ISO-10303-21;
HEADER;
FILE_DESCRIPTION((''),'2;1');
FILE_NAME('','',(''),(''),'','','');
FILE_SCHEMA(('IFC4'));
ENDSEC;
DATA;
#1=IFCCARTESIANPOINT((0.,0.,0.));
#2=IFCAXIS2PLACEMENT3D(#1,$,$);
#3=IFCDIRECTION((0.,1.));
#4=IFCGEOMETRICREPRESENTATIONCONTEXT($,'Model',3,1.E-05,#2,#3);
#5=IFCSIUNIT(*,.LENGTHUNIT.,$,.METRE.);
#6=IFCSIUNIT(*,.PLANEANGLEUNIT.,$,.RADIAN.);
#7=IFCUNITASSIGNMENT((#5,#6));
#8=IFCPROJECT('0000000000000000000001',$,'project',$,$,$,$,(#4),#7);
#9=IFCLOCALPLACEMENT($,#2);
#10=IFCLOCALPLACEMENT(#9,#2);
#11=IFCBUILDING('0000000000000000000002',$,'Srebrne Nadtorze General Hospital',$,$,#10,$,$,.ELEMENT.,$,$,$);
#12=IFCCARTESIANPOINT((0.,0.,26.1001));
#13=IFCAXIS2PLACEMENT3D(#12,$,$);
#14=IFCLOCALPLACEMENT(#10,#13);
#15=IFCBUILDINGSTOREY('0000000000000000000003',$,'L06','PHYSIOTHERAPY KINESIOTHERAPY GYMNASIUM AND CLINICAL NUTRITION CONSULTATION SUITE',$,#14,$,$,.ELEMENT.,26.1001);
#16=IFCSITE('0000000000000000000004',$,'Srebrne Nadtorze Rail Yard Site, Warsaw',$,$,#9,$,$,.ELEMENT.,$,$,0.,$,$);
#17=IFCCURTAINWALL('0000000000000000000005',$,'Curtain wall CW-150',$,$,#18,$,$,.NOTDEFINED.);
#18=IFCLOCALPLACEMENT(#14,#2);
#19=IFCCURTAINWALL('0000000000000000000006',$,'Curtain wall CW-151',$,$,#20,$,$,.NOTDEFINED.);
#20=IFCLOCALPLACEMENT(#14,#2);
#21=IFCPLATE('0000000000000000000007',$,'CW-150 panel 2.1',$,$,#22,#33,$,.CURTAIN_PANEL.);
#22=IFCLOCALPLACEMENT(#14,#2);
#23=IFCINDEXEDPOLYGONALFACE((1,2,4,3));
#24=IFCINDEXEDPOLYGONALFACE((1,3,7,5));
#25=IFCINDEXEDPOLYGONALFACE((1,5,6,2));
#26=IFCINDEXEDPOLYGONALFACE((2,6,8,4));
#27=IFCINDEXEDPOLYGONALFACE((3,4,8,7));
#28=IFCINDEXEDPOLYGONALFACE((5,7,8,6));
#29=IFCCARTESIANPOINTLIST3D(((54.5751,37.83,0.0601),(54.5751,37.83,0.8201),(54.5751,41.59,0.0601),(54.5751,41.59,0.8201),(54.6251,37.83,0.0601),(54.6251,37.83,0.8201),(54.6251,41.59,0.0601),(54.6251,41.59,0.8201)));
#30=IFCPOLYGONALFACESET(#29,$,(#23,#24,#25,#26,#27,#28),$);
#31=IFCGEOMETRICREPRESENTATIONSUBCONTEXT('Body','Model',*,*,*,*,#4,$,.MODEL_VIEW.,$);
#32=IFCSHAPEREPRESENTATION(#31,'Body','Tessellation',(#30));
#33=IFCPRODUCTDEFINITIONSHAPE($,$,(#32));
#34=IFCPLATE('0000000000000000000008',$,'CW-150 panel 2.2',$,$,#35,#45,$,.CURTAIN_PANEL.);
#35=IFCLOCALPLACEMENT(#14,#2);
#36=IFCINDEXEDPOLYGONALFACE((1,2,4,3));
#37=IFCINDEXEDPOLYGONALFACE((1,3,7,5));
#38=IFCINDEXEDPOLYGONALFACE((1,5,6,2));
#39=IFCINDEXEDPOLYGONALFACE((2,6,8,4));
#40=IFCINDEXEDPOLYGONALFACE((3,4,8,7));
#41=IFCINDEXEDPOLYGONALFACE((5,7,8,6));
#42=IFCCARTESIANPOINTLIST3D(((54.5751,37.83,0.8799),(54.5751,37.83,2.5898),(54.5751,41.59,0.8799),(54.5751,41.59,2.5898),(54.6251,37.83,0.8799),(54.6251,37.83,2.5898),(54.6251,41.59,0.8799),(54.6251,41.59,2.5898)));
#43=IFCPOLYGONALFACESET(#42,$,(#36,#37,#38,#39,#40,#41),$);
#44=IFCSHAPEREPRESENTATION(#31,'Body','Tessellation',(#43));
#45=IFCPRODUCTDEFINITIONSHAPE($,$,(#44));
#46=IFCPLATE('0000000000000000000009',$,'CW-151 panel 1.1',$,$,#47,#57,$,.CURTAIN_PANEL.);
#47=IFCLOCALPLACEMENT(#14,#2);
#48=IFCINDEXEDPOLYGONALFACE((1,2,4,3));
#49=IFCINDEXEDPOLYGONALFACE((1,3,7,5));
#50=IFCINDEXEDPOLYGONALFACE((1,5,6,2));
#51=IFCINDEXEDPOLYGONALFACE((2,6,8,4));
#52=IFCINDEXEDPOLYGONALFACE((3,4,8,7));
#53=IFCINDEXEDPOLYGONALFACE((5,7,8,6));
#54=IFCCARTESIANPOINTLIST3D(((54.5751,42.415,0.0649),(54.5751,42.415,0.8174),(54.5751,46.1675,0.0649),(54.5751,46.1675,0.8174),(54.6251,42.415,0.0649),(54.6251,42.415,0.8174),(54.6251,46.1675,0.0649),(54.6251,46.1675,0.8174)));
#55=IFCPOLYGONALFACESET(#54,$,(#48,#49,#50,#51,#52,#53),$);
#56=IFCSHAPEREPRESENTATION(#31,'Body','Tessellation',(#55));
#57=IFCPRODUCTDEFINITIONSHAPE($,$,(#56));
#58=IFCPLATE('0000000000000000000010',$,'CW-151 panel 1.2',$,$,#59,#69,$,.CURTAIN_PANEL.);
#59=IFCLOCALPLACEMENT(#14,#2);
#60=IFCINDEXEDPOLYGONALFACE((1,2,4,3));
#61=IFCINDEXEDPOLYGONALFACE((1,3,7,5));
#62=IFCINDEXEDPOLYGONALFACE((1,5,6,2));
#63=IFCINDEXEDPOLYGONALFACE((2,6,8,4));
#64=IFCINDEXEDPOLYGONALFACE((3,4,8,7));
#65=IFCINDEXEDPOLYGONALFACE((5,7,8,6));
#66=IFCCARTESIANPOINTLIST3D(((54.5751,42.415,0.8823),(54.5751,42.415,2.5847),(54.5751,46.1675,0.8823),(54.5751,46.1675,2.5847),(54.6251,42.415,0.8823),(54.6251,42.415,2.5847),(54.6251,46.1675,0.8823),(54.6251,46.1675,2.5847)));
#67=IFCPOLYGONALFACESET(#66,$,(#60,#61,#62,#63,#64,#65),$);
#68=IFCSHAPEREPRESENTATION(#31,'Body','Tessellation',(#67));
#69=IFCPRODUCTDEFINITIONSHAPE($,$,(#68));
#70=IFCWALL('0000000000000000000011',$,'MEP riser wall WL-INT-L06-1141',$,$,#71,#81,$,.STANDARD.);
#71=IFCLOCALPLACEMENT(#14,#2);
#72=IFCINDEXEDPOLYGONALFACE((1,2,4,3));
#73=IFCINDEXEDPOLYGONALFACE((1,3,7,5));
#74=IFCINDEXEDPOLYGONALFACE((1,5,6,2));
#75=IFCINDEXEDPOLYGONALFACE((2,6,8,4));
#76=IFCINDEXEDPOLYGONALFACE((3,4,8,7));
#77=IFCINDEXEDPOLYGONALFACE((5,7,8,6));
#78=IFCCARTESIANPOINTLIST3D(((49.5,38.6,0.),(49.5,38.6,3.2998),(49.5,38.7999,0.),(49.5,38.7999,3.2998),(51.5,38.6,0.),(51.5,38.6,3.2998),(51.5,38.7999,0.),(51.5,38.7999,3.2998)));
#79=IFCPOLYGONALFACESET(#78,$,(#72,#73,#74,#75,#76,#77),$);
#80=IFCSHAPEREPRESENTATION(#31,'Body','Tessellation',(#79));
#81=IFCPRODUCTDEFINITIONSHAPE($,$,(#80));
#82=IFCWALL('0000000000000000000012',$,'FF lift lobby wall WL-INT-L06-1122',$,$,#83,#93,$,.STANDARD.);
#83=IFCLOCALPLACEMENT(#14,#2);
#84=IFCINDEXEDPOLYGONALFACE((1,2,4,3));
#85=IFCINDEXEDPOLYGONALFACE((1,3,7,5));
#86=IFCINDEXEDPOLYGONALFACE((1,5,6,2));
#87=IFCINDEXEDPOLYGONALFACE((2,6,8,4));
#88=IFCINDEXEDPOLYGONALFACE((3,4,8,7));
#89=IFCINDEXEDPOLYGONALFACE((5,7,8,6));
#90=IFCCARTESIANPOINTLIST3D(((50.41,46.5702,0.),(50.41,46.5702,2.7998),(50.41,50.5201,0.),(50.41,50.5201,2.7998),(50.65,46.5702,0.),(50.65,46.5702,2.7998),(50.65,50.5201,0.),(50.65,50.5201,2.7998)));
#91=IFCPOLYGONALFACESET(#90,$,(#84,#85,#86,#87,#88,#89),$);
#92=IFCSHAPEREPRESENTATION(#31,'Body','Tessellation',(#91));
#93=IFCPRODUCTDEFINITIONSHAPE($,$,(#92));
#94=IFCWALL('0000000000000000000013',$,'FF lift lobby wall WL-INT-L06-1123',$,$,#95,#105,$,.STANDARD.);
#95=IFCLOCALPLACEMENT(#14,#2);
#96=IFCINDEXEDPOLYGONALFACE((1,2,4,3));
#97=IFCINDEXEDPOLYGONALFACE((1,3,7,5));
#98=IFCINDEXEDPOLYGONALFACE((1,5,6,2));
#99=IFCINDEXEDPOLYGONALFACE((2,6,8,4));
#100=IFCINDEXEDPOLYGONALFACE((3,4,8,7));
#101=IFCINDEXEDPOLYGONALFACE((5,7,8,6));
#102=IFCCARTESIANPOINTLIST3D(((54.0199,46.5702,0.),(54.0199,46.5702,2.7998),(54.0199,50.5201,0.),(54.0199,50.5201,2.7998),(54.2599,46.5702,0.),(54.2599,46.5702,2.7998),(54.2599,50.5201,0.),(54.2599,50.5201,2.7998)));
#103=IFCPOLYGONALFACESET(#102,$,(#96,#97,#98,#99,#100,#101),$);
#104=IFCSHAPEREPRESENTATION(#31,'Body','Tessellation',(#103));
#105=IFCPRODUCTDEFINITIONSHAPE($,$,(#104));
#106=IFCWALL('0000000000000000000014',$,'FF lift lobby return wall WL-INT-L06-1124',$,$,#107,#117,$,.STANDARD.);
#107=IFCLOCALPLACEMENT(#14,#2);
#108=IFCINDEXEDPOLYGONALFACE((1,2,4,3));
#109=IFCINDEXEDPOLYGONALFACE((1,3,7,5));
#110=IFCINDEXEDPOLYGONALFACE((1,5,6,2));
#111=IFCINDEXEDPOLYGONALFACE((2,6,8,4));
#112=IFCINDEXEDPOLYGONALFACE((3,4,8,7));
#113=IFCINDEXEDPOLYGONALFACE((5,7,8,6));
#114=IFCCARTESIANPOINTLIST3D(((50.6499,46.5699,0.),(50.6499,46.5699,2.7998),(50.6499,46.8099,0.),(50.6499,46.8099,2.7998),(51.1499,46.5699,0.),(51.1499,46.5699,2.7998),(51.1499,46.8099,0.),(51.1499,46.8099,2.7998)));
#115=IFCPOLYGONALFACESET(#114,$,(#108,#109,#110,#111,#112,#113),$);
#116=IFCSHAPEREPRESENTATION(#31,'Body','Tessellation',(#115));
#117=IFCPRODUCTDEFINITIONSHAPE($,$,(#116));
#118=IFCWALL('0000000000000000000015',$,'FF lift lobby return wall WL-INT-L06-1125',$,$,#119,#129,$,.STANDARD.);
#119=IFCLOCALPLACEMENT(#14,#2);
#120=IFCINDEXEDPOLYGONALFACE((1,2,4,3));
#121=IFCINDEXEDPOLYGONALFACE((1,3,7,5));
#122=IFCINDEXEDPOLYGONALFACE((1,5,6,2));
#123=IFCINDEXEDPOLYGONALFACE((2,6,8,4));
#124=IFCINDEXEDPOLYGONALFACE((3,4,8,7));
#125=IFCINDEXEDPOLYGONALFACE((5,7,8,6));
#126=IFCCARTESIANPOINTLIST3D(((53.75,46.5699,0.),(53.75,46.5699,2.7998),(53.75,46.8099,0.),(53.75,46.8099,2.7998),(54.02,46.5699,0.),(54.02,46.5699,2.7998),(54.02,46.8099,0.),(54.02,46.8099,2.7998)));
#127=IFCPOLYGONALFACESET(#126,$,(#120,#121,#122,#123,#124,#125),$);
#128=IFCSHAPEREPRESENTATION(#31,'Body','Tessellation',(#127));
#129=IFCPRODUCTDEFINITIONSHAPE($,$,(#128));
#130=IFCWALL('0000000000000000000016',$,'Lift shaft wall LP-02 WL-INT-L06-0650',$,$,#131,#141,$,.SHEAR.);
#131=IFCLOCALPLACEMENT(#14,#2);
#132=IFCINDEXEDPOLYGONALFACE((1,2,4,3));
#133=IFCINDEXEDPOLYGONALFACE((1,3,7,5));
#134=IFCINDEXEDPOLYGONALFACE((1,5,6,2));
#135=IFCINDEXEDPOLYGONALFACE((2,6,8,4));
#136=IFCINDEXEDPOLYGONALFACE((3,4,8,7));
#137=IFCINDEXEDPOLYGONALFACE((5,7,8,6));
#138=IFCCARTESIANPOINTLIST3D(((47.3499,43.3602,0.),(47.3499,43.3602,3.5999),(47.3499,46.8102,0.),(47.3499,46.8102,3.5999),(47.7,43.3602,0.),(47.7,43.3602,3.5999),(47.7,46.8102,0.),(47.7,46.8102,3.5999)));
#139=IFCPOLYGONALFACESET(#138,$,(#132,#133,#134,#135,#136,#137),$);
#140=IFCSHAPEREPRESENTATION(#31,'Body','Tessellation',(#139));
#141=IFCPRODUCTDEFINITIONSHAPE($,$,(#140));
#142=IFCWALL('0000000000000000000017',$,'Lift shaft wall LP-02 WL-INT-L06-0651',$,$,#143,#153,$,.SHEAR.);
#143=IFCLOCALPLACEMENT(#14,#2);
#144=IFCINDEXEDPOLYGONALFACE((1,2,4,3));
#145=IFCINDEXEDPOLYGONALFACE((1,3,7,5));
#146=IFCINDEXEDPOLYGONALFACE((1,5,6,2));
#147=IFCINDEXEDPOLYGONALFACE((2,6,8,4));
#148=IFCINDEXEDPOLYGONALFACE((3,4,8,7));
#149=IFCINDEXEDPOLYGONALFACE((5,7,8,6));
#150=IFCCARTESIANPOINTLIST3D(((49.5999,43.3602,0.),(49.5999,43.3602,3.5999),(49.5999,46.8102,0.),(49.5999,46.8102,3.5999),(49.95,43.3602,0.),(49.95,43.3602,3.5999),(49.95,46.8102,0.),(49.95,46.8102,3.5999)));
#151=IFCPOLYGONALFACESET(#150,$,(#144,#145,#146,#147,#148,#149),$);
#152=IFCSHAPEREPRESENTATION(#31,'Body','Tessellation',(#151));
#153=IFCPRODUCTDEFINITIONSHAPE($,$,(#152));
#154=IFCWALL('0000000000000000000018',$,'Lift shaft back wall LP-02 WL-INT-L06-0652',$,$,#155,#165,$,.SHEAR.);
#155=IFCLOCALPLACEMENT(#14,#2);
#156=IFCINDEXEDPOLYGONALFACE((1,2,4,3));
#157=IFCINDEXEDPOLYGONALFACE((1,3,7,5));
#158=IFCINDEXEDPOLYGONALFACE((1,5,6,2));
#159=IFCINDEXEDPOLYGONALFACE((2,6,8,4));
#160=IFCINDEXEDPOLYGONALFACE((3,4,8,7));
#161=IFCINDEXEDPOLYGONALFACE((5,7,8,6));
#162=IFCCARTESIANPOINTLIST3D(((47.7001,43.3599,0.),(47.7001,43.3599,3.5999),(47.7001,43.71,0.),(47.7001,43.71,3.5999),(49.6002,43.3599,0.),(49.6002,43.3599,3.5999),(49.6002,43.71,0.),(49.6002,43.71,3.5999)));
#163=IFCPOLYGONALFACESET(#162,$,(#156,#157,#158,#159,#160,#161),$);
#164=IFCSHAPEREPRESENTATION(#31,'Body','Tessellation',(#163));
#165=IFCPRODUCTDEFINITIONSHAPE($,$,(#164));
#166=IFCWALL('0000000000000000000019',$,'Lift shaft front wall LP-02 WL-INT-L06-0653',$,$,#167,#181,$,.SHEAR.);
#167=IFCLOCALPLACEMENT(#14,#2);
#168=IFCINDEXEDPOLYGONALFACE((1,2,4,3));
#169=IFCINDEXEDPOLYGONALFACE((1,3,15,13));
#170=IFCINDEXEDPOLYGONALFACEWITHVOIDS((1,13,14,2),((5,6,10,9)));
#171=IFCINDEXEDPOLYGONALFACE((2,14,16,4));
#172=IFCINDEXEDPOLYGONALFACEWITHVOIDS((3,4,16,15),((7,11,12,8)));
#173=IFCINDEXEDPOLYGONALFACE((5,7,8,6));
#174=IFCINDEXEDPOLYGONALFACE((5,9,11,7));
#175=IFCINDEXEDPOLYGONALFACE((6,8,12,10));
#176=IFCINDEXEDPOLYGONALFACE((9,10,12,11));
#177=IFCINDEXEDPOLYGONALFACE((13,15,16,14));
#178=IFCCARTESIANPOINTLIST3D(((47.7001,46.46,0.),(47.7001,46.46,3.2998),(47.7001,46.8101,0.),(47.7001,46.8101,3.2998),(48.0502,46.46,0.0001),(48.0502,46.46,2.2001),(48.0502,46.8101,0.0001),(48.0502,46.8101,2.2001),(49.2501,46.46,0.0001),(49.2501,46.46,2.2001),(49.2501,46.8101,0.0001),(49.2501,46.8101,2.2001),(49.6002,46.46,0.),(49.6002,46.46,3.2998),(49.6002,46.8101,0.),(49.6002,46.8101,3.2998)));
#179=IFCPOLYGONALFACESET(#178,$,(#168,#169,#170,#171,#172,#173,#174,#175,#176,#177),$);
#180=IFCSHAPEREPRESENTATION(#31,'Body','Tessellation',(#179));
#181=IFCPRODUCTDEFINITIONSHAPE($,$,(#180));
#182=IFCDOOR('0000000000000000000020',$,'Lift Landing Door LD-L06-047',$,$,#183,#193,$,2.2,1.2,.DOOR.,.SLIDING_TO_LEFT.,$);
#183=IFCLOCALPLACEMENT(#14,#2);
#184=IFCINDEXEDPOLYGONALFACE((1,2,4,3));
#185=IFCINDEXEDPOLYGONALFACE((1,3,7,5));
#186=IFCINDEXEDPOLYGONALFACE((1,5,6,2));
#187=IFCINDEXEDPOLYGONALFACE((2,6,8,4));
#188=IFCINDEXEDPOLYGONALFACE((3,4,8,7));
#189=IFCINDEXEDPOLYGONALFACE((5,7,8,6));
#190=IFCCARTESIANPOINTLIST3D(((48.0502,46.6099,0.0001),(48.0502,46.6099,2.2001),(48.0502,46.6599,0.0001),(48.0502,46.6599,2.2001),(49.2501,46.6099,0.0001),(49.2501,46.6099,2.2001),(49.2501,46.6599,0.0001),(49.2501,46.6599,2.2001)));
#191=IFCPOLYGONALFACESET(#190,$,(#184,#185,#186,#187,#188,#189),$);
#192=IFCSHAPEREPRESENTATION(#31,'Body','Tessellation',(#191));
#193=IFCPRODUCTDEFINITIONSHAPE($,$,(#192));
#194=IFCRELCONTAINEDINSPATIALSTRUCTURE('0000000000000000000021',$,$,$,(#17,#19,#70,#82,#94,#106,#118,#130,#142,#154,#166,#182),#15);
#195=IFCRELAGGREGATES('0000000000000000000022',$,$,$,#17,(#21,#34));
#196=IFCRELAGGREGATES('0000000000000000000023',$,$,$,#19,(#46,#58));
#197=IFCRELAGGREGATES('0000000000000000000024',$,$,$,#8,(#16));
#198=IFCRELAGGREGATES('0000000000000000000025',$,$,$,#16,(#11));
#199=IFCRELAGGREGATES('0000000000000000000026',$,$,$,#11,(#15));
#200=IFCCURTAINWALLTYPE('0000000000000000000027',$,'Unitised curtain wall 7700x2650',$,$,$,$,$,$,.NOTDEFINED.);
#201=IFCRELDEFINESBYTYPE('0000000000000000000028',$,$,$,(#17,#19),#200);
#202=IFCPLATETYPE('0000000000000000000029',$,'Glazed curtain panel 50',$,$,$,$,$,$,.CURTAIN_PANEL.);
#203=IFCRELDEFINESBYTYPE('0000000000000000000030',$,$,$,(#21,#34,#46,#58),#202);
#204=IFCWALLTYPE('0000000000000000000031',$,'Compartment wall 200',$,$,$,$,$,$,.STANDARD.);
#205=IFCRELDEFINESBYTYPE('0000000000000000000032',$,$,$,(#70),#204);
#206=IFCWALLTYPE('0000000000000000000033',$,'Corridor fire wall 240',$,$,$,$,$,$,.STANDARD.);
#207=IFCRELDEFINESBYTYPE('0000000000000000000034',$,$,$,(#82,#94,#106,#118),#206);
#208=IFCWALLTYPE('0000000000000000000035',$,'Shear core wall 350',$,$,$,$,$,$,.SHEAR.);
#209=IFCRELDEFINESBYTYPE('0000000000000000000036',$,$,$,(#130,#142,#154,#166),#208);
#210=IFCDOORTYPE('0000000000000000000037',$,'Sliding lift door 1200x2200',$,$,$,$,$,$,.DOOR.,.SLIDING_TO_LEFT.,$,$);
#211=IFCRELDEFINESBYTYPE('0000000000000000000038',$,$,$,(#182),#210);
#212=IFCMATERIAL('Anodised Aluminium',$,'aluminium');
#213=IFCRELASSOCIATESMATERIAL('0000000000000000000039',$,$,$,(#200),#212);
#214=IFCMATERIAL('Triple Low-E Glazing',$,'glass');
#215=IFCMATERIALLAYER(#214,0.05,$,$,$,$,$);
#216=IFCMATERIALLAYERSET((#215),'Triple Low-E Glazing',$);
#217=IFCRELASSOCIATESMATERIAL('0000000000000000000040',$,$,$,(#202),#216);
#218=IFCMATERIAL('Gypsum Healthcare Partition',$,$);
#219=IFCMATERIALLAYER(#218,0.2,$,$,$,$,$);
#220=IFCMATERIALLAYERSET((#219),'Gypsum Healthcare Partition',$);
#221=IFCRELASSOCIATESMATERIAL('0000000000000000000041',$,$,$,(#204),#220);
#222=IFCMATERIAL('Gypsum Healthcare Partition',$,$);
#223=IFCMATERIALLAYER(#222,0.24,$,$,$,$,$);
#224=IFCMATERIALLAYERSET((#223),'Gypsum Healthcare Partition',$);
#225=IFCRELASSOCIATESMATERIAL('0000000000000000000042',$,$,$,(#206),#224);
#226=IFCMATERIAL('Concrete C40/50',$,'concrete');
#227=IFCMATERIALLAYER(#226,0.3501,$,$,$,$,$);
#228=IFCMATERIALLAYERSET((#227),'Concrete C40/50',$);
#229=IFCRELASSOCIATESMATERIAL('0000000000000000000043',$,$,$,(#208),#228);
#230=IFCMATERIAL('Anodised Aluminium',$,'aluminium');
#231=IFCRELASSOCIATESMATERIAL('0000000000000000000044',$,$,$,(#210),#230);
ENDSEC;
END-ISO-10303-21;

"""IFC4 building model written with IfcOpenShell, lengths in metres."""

from ifc_helpers import new_model, si_unit, direction, frame, frame_2d, origin, origin_2d, place, context, subcontext, project, spatial, rectangle, extrude, material, layer, layer_set, type_object, element, fill, aggregate, save


model = new_model("IFC4")

# Units and contexts
model_context = context("Model", 3, precision=1e-05, world=origin(), true_north=direction((0.0, 1.0)))
body_context = subcontext(model_context, "Body", "Model", "MODEL_VIEW")
ifc_project = project(units=[si_unit("LENGTHUNIT", "METRE"), si_unit("PLANEANGLEUNIT", "RADIAN")], contexts=[model_context])

# Site, building, storey
site_placement = place(None, origin())
site = spatial("IfcSite", under=ifc_project, at=site_placement, Name="Srebrne Nadtorze Rail Yard Site, Warsaw", CompositionType="ELEMENT", RefElevation=0.0)
building_placement = place(site_placement, origin())
building = spatial("IfcBuilding", under=site, at=building_placement, Name="Srebrne Nadtorze General Hospital", CompositionType="ELEMENT")
storey_placement = place(building_placement, frame((0.0, 0.0, 26.1001)))
storey = spatial("IfcBuildingStorey", under=building, at=storey_placement, Name="L06", Description="PHYSIOTHERAPY KINESIOTHERAPY GYMNASIUM AND CLINICAL NUTRITION CONSULTATION SUITE", CompositionType="ELEMENT", Elevation=26.1001)

# Curtain wall
ifc_material_1 = material(Name="Anodised Aluminium", Category="aluminium")
curtain_wall_type = type_object("IfcCurtainWallType", Name="Unitised curtain wall 7700x2650", PredefinedType="NOTDEFINED", material=ifc_material_1)
curtain_wall_1_placement = place(storey_placement, origin())
curtain_wall_1 = element("IfcCurtainWall", 1, at=curtain_wall_1_placement, inside=storey, type_object=curtain_wall_type, Name="Curtain wall CW-150", PredefinedType="NOTDEFINED")

# Curtain wall
curtain_wall_2_placement = place(storey_placement, origin())
curtain_wall_2 = element("IfcCurtainWall", 2, at=curtain_wall_2_placement, inside=storey, type_object=curtain_wall_type, Name="Curtain wall CW-151", PredefinedType="NOTDEFINED")

# Plates
ifc_material_2 = material(Name="Triple Low-E Glazing", Category="glass")
ifc_layer_1 = layer(ifc_material_2, 0.05)
ifc_layer_set_1 = layer_set([ifc_layer_1], Name="Triple Low-E Glazing")
plate_type = type_object("IfcPlateType", Name="Glazed curtain panel 50", PredefinedType="CURTAIN_PANEL", material=ifc_layer_set_1)
plate_1_placement = place(storey_placement, frame((54.6001, 39.71, 0.0601), z_axis=(0.0, 0.0, 1.0), x_axis=(0.0, 1.0, 0.0)))
plate_1 = element("IfcPlate", 3, at=plate_1_placement, type_object=plate_type, Name="CW-150 panel 2.1", PredefinedType="CURTAIN_PANEL", context=body_context, shape_type="SweptSolid", body=[
    extrude(rectangle(XDim=3.76, YDim=0.05, at=origin_2d()), origin(), (0.0, 0.0, 1.0), 0.76),
])
plate_2_placement = place(storey_placement, frame((54.6001, 39.71, 0.8799), z_axis=(0.0, 0.0, 1.0), x_axis=(0.0, 1.0, 0.0)))
plate_2 = element("IfcPlate", 4, at=plate_2_placement, type_object=plate_type, Name="CW-150 panel 2.2", PredefinedType="CURTAIN_PANEL", context=body_context, shape_type="SweptSolid", body=[
    extrude(rectangle(XDim=3.76, YDim=0.05, at=origin_2d()), origin(), (0.0, 0.0, 1.0), 1.71),
])
aggregate(curtain_wall_1, [plate_1, plate_2])
plate_3_placement = place(storey_placement, frame((54.6001, 44.2913, 0.0649), z_axis=(0.0, 0.0, 1.0), x_axis=(0.0, 1.0, 0.0)))
plate_3 = element("IfcPlate", 5, at=plate_3_placement, type_object=plate_type, Name="CW-151 panel 1.1", PredefinedType="CURTAIN_PANEL", context=body_context, shape_type="SweptSolid", body=[
    extrude(rectangle(XDim=3.7524, YDim=0.05, at=origin_2d()), origin(), (0.0, 0.0, 1.0), 0.7524),
])
plate_4_placement = place(storey_placement, frame((54.6001, 44.2913, 0.8823), z_axis=(0.0, 0.0, 1.0), x_axis=(0.0, 1.0, 0.0)))
plate_4 = element("IfcPlate", 6, at=plate_4_placement, type_object=plate_type, Name="CW-151 panel 1.2", PredefinedType="CURTAIN_PANEL", context=body_context, shape_type="SweptSolid", body=[
    extrude(rectangle(XDim=3.7524, YDim=0.05, at=origin_2d()), origin(), (0.0, 0.0, 1.0), 1.7024),
])
aggregate(curtain_wall_2, [plate_3, plate_4])

# Walls
ifc_material_3 = material(Name="Gypsum Healthcare Partition")
ifc_layer_2 = layer(ifc_material_3, 0.2)
ifc_layer_set_2 = layer_set([ifc_layer_2], Name="Gypsum Healthcare Partition")
wall_type_1 = type_object("IfcWallType", Name="Compartment wall 200", PredefinedType="STANDARD", material=ifc_layer_set_2)
wall_1_placement = place(storey_placement, frame((49.5, 38.7, 0.0), z_axis=(0.0, 0.0, 1.0), x_axis=(1.0, 0.0, 0.0)))
element("IfcWall", 7, at=wall_1_placement, inside=storey, type_object=wall_type_1, Name="MEP riser wall WL-INT-L06-1141", PredefinedType="STANDARD", context=body_context, shape_type="SweptSolid", body=[
    extrude(rectangle(XDim=2.0, YDim=0.2, at=frame_2d((1.0, 0.0))), origin(), (0.0, 0.0, 1.0), 3.2998),
])
ifc_material_4 = material(Name="Gypsum Healthcare Partition")
ifc_layer_3 = layer(ifc_material_4, 0.24)
ifc_layer_set_3 = layer_set([ifc_layer_3], Name="Gypsum Healthcare Partition")
wall_type_2 = type_object("IfcWallType", Name="Corridor fire wall 240", PredefinedType="STANDARD", material=ifc_layer_set_3)
for number, where, z_axis, x_axis, name in (
    (8, (50.53, 46.5701, 0.0), (0.0, 0.0, 1.0), (0.0, 1.0, 0.0), "FF lift lobby wall WL-INT-L06-1122"),
    (9, (54.1399, 46.5701, 0.0), (0.0, 0.0, 1.0), (0.0, 1.0, 0.0), "FF lift lobby wall WL-INT-L06-1123"),
):
    element("IfcWall", number, at=place(storey_placement, frame(where, z_axis=z_axis, x_axis=x_axis)), inside=storey, type_object=wall_type_2, Name=name, PredefinedType="STANDARD", context=body_context, shape_type="SweptSolid", body=[
        extrude(rectangle(XDim=3.95, YDim=0.24, at=frame_2d((1.9751, 0.0))), origin(), (0.0, 0.0, 1.0), 2.7998),
    ])
wall_2_placement = place(storey_placement, frame((50.6499, 46.6899, 0.0), z_axis=(0.0, 0.0, 1.0), x_axis=(1.0, 0.0, 0.0)))
element("IfcWall", 10, at=wall_2_placement, inside=storey, type_object=wall_type_2, Name="FF lift lobby return wall WL-INT-L06-1124", PredefinedType="STANDARD", context=body_context, shape_type="SweptSolid", body=[
    extrude(rectangle(XDim=0.5, YDim=0.24, at=frame_2d((0.25, 0.0))), origin(), (0.0, 0.0, 1.0), 2.7998),
])
wall_3_placement = place(storey_placement, frame((53.75, 46.6899, 0.0), z_axis=(0.0, 0.0, 1.0), x_axis=(1.0, 0.0, 0.0)))
element("IfcWall", 11, at=wall_3_placement, inside=storey, type_object=wall_type_2, Name="FF lift lobby return wall WL-INT-L06-1125", PredefinedType="STANDARD", context=body_context, shape_type="SweptSolid", body=[
    extrude(rectangle(XDim=0.27, YDim=0.24, at=frame_2d((0.135, 0.0))), origin(), (0.0, 0.0, 1.0), 2.7998),
])
ifc_material_5 = material(Name="Concrete C40/50", Category="concrete")
ifc_layer_4 = layer(ifc_material_5, 0.3501)
ifc_layer_set_4 = layer_set([ifc_layer_4], Name="Concrete C40/50")
wall_type_3 = type_object("IfcWallType", Name="Shear core wall 350", PredefinedType="SHEAR", material=ifc_layer_set_4)
for number, where, z_axis, x_axis, name in (
    (12, (47.5249, 43.3601, 0.0), (0.0, 0.0, 1.0), (0.0, 1.0, 0.0), "Lift shaft wall LP-02 WL-INT-L06-0650"),
    (13, (49.7749, 43.3601, 0.0), (0.0, 0.0, 1.0), (0.0, 1.0, 0.0), "Lift shaft wall LP-02 WL-INT-L06-0651"),
):
    element("IfcWall", number, at=place(storey_placement, frame(where, z_axis=z_axis, x_axis=x_axis)), inside=storey, type_object=wall_type_3, Name=name, PredefinedType="SHEAR", context=body_context, shape_type="SweptSolid", body=[
        extrude(rectangle(XDim=3.45, YDim=0.3501, at=frame_2d((1.7251, 0.0))), origin(), (0.0, 0.0, 1.0), 3.5999),
    ])
wall_4_placement = place(storey_placement, frame((47.7, 43.5349, 0.0), z_axis=(0.0, 0.0, 1.0), x_axis=(1.0, 0.0, 0.0)))
element("IfcWall", 14, at=wall_4_placement, inside=storey, type_object=wall_type_3, Name="Lift shaft back wall LP-02 WL-INT-L06-0652", PredefinedType="SHEAR", context=body_context, shape_type="SweptSolid", body=[
    extrude(rectangle(XDim=1.9001, YDim=0.3501, at=frame_2d((0.9502, 0.0))), origin(), (0.0, 0.0, 1.0), 3.5999),
])

# Wall, opening, door
wall_5_placement = place(storey_placement, frame((47.7, 46.635, 0.0), z_axis=(0.0, 0.0, 1.0), x_axis=(1.0, 0.0, 0.0)))
wall_5 = element("IfcWall", 15, at=wall_5_placement, inside=storey, type_object=wall_type_3, Name="Lift shaft front wall LP-02 WL-INT-L06-0653", PredefinedType="SHEAR", context=body_context, shape_type="SweptSolid", body=[
    extrude(rectangle(XDim=1.9001, YDim=0.3501, at=frame_2d((0.9502, 0.0))), origin(), (0.0, 0.0, 1.0), 3.2998),
])
opening_1_placement = place(wall_5_placement, frame((0.3501, 0.0, 0.0)))
opening_1 = element("IfcOpeningElement", 16, at=opening_1_placement, cuts=wall_5, PredefinedType="OPENING", context=body_context, shape_type="SweptSolid", body=[
    extrude(rectangle(XDim=1.2, YDim=2.2, at=frame_2d((0.6001, 1.1001))), frame((0.0, 0.187, 0.0), z_axis=(0.0, -1.0, 0.0), x_axis=(1.0, 0.0, 0.0)), (0.0, 0.0, 1.0), 0.374),
])
ifc_material_6 = material(Name="Anodised Aluminium", Category="aluminium")
door_type_1 = type_object("IfcDoorType", Name="Sliding lift door 1200x2200", OperationType="SLIDING_TO_LEFT", PredefinedType="DOOR", material=ifc_material_6)
door_1_placement = place(opening_1_placement, origin())
door_1 = element("IfcDoor", 17, at=door_1_placement, inside=storey, type_object=door_type_1, Name="Lift Landing Door LD-L06-047", OperationType="SLIDING_TO_LEFT", OverallHeight=2.2, OverallWidth=1.2, PredefinedType="DOOR", context=body_context, shape_type="SweptSolid", body=[
    extrude(rectangle(XDim=1.2, YDim=2.2, at=frame_2d((0.6001, 1.1001))), frame((0.0, 0.0249, 0.0), z_axis=(0.0, -1.0, 0.0), x_axis=(1.0, 0.0, 0.0)), (0.0, 0.0, 1.0), 0.05),
])
fill(opening_1, door_1)

save(model, "model.ifc")
